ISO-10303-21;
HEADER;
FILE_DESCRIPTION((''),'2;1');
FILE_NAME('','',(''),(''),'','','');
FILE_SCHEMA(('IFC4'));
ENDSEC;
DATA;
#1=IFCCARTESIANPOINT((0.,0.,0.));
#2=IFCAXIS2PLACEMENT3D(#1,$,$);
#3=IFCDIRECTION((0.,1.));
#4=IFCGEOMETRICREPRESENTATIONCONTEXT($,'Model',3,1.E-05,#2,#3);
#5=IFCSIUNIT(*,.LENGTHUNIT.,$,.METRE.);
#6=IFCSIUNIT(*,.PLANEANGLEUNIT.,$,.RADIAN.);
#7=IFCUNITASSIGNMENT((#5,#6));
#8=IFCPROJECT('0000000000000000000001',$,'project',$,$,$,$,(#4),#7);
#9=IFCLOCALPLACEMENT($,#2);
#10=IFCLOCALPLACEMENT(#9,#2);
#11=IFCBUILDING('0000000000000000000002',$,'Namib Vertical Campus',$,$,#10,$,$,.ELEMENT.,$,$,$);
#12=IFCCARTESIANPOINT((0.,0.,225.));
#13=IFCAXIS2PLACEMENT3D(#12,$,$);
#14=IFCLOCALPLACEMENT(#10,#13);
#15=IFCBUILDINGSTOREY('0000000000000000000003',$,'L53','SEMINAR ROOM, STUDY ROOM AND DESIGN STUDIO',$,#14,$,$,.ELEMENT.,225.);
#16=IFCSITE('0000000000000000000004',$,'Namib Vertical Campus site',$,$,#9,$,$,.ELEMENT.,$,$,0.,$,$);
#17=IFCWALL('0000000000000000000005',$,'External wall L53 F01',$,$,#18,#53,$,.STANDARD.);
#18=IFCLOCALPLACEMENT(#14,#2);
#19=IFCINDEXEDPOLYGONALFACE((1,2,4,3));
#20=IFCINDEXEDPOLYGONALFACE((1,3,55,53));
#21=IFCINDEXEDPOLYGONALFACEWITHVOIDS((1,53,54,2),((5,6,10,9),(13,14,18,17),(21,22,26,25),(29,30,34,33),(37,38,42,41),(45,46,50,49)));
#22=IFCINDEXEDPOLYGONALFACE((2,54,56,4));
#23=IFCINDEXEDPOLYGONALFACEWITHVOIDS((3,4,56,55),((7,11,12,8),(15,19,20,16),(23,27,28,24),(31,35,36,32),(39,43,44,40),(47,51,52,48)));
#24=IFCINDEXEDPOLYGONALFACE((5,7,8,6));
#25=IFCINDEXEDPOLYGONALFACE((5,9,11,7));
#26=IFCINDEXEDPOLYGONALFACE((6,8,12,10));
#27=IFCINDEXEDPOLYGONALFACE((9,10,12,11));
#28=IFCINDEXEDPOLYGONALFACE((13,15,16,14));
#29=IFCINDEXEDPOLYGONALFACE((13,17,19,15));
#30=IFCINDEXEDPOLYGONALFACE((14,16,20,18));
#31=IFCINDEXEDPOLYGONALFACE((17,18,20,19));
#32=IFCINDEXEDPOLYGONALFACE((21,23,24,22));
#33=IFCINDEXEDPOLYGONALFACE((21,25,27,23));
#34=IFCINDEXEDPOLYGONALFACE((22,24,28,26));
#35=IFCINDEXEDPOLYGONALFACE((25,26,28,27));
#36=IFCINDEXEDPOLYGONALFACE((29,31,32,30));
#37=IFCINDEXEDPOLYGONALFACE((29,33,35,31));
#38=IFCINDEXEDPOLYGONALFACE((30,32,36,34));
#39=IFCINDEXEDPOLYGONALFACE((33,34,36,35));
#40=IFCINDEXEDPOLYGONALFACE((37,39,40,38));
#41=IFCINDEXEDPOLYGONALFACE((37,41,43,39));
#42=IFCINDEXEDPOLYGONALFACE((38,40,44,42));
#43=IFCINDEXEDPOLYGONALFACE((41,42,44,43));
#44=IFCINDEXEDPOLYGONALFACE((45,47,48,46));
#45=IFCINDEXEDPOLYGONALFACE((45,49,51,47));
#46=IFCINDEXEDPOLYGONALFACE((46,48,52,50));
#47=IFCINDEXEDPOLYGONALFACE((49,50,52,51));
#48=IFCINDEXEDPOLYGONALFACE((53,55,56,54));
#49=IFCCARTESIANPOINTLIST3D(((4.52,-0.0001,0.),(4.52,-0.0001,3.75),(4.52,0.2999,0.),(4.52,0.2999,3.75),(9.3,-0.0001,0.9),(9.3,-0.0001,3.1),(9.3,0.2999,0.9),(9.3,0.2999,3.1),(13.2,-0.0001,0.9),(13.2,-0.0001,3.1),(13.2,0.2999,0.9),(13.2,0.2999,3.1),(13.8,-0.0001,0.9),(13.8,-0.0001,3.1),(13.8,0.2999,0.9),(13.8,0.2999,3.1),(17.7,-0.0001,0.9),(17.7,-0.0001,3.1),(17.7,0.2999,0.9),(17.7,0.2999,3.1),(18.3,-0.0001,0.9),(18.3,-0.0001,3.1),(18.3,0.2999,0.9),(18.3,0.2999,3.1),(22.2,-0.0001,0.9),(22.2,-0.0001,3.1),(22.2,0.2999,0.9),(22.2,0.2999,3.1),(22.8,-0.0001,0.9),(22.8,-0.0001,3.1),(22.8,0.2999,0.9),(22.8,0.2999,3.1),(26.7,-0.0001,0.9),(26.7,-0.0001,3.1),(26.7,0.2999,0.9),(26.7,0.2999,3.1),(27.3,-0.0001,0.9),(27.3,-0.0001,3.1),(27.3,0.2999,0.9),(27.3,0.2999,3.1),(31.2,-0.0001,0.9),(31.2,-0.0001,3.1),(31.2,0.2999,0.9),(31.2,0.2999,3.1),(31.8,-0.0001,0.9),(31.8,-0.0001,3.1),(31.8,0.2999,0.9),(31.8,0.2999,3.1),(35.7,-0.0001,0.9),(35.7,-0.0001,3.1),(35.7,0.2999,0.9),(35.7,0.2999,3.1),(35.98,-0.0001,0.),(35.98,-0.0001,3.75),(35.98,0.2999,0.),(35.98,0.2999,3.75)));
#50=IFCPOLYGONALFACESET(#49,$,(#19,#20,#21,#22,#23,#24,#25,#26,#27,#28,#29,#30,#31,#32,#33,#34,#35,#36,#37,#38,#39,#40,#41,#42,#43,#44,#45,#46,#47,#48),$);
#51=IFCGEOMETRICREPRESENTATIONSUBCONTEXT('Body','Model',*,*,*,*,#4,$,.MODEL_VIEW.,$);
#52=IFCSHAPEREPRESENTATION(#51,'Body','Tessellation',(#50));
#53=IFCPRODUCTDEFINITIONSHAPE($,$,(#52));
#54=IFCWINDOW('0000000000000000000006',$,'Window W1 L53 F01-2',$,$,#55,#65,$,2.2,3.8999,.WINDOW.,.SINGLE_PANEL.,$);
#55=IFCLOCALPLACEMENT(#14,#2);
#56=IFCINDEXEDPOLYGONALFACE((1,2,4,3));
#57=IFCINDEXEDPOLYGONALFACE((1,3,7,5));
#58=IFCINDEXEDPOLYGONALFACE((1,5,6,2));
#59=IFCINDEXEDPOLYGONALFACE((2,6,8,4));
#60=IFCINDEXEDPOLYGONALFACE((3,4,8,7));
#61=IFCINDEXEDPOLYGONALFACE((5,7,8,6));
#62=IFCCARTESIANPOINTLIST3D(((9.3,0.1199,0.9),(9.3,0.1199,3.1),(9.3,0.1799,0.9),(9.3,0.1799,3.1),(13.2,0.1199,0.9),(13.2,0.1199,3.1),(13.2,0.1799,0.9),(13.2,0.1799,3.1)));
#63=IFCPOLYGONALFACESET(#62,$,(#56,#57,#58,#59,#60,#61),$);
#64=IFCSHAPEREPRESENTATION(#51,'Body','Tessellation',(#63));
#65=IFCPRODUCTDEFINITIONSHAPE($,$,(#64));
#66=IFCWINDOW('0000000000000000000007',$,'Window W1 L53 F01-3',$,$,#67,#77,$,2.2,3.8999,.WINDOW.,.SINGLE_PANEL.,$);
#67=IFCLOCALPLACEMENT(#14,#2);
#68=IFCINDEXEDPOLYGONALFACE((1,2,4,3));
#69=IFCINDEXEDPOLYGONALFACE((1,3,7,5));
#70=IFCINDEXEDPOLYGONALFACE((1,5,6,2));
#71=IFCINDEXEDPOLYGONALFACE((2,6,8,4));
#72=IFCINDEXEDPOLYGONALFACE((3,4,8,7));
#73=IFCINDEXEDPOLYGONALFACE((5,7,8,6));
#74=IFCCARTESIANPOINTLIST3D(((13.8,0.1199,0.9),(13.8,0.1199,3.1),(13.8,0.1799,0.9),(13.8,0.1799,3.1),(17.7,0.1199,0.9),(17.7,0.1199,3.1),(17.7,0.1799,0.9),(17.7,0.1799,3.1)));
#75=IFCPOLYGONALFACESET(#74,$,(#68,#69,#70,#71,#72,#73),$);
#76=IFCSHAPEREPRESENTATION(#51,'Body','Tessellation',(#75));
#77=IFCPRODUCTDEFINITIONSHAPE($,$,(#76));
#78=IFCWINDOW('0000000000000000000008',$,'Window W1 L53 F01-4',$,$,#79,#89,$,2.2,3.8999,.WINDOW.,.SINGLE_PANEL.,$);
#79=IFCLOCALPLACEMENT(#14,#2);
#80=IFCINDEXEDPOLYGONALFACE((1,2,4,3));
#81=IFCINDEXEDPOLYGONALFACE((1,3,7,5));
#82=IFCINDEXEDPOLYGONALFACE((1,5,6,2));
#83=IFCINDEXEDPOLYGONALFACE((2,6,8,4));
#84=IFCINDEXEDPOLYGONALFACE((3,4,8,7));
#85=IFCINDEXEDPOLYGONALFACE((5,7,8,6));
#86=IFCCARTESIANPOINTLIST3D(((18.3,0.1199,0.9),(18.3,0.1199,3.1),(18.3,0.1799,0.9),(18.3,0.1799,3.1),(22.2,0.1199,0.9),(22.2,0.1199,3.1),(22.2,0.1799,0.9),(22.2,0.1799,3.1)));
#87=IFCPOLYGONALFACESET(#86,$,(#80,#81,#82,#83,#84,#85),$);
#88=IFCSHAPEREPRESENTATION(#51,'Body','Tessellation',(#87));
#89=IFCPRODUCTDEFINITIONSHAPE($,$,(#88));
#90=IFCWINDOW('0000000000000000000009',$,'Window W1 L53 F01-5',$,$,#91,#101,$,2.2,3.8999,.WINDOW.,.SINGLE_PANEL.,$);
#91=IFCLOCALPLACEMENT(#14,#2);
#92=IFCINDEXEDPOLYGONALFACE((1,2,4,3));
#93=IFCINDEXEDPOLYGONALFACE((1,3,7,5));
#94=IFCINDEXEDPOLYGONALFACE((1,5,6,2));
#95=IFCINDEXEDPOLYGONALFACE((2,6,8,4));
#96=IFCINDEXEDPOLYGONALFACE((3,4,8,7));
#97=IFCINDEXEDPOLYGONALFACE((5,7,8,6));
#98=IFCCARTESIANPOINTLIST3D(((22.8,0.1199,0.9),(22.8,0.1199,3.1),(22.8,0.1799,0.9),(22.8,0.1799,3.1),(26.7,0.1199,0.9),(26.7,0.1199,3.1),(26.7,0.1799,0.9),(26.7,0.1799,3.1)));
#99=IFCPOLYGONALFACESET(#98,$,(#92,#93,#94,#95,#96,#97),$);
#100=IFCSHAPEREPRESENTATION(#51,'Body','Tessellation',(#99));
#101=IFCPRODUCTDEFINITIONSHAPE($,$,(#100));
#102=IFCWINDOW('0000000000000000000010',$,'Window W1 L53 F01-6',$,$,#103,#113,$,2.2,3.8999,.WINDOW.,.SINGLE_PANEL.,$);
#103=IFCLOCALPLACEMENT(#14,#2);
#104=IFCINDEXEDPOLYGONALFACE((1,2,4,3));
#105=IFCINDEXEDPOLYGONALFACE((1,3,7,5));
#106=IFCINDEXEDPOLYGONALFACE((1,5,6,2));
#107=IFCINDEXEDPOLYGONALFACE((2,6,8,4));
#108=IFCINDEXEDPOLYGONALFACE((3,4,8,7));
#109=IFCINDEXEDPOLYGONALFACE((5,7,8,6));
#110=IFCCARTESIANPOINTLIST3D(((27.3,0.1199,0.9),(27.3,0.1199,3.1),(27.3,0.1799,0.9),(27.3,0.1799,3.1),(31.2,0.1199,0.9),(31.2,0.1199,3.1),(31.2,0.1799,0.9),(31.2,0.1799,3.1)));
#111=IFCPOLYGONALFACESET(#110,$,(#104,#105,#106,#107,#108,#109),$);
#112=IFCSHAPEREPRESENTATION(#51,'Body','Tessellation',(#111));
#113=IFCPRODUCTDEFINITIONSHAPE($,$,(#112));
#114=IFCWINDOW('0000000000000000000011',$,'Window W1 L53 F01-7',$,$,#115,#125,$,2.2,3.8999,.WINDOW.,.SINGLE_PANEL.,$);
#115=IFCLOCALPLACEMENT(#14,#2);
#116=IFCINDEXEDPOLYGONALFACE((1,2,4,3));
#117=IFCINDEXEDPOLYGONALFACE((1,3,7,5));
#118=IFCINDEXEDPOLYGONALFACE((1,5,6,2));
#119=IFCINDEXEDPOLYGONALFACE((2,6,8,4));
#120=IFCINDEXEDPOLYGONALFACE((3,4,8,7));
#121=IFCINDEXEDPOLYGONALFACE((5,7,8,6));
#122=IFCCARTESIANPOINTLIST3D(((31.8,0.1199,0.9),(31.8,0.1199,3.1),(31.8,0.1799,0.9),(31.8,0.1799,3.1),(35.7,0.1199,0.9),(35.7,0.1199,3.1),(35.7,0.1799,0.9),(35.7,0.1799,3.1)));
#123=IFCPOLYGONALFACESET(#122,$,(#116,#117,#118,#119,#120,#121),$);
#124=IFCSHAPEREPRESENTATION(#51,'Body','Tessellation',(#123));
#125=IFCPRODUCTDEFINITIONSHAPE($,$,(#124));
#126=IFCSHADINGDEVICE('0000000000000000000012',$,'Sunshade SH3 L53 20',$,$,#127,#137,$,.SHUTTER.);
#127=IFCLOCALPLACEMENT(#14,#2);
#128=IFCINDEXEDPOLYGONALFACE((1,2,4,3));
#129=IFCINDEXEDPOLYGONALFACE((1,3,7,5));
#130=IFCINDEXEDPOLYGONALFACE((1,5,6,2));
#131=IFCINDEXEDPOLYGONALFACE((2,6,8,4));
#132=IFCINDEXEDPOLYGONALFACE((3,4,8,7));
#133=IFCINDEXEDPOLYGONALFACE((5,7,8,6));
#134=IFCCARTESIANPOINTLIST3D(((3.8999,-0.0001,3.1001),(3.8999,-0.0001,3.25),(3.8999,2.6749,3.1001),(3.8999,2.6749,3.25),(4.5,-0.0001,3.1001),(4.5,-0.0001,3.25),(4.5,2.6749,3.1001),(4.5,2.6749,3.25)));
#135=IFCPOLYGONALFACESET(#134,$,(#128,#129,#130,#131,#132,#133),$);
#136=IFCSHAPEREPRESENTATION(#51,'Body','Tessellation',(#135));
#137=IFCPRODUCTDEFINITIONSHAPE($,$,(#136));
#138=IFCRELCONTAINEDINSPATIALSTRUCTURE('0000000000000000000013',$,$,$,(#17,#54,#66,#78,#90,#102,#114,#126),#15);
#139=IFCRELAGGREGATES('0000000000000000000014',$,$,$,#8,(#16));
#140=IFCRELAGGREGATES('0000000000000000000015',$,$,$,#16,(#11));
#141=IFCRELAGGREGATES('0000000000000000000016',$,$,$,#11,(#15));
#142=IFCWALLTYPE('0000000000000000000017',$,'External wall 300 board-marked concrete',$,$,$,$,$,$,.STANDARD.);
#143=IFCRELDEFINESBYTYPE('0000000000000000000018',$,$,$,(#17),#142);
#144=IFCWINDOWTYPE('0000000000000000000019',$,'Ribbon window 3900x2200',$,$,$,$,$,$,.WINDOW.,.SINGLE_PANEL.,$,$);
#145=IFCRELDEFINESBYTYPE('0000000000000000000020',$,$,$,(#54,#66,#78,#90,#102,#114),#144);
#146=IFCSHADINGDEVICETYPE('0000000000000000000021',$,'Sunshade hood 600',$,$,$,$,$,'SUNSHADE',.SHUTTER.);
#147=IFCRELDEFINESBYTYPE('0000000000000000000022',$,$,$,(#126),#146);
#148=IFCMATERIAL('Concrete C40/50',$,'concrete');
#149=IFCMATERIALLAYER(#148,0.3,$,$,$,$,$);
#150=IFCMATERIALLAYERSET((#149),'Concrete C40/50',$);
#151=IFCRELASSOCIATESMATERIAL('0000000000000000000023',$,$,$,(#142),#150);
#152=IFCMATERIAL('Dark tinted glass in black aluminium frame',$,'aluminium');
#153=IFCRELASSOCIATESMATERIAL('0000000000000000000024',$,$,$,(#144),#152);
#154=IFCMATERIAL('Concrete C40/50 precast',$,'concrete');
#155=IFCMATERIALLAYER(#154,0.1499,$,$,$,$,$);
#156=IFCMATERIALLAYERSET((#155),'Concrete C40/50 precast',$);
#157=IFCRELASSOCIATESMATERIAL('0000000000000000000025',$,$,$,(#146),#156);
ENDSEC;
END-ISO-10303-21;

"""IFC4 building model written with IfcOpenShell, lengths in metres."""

from ifc_helpers import new_model, si_unit, direction, frame, frame_2d, origin, origin_2d, place, context, subcontext, project, spatial, rectangle, extrude, material, layer, layer_set, type_object, element, fill, save


model = new_model("IFC4")

# Units and contexts
model_context = context("Model", 3, precision=1e-05, world=origin(), true_north=direction((0.0, 1.0)))
body_context = subcontext(model_context, "Body", "Model", "MODEL_VIEW")
ifc_project = project(units=[si_unit("LENGTHUNIT", "METRE"), si_unit("PLANEANGLEUNIT", "RADIAN")], contexts=[model_context])

# Site, building, storey
site_placement = place(None, origin())
site = spatial("IfcSite", under=ifc_project, at=site_placement, Name="Namib Vertical Campus site", CompositionType="ELEMENT", RefElevation=0.0)
building_placement = place(site_placement, origin())
building = spatial("IfcBuilding", under=site, at=building_placement, Name="Namib Vertical Campus", CompositionType="ELEMENT")
storey_placement = place(building_placement, frame((0.0, 0.0, 225.0)))
storey = spatial("IfcBuildingStorey", under=building, at=storey_placement, Name="L53", Description="SEMINAR ROOM, STUDY ROOM AND DESIGN STUDIO", CompositionType="ELEMENT", Elevation=225.0)

# Wall, openings, windows
ifc_material_1 = material(Name="Concrete C40/50", Category="concrete")
ifc_layer_1 = layer(ifc_material_1, 0.3)
ifc_layer_set_1 = layer_set([ifc_layer_1], Name="Concrete C40/50")
wall_type = type_object("IfcWallType", Name="External wall 300 board-marked concrete", PredefinedType="STANDARD", material=ifc_layer_set_1)
wall_placement = place(storey_placement, frame((4.52, 0.1499, 0.0), z_axis=(0.0, 0.0, 1.0), x_axis=(1.0, 0.0, 0.0)))
wall = element("IfcWall", 1, at=wall_placement, inside=storey, type_object=wall_type, Name="External wall L53 F01", PredefinedType="STANDARD", context=body_context, shape_type="SweptSolid", body=[
    extrude(rectangle(XDim=31.46, YDim=0.3, at=frame_2d((15.73, 0.0))), origin(), (0.0, 0.0, 1.0), 3.75),
])
opening_1_placement = place(wall_placement, frame((4.78, 0.0, 0.8999)))
opening_1 = element("IfcOpeningElement", 2, at=opening_1_placement, cuts=wall, PredefinedType="OPENING", context=body_context, shape_type="SweptSolid", body=[
    extrude(rectangle(XDim=3.8999, YDim=2.2, at=frame_2d((1.95, 1.1001))), frame((0.0, 0.1599, 0.0), z_axis=(0.0, -1.0, 0.0), x_axis=(1.0, 0.0, 0.0)), (0.0, 0.0, 1.0), 0.3201),
])
opening_2_placement = place(wall_placement, frame((9.28, 0.0, 0.8999)))
opening_2 = element("IfcOpeningElement", 3, at=opening_2_placement, cuts=wall, PredefinedType="OPENING", context=body_context, shape_type="SweptSolid", body=[
    extrude(rectangle(XDim=3.8999, YDim=2.2, at=frame_2d((1.95, 1.1001))), frame((0.0, 0.1599, 0.0), z_axis=(0.0, -1.0, 0.0), x_axis=(1.0, 0.0, 0.0)), (0.0, 0.0, 1.0), 0.3201),
])
opening_3_placement = place(wall_placement, frame((13.78, 0.0, 0.8999)))
opening_3 = element("IfcOpeningElement", 4, at=opening_3_placement, cuts=wall, PredefinedType="OPENING", context=body_context, shape_type="SweptSolid", body=[
    extrude(rectangle(XDim=3.8999, YDim=2.2, at=frame_2d((1.95, 1.1001))), frame((0.0, 0.1599, 0.0), z_axis=(0.0, -1.0, 0.0), x_axis=(1.0, 0.0, 0.0)), (0.0, 0.0, 1.0), 0.3201),
])
opening_4_placement = place(wall_placement, frame((18.28, 0.0, 0.8999)))
opening_4 = element("IfcOpeningElement", 5, at=opening_4_placement, cuts=wall, PredefinedType="OPENING", context=body_context, shape_type="SweptSolid", body=[
    extrude(rectangle(XDim=3.8999, YDim=2.2, at=frame_2d((1.95, 1.1001))), frame((0.0, 0.1599, 0.0), z_axis=(0.0, -1.0, 0.0), x_axis=(1.0, 0.0, 0.0)), (0.0, 0.0, 1.0), 0.3201),
])
opening_5_placement = place(wall_placement, frame((22.78, 0.0, 0.8999)))
opening_5 = element("IfcOpeningElement", 6, at=opening_5_placement, cuts=wall, PredefinedType="OPENING", context=body_context, shape_type="SweptSolid", body=[
    extrude(rectangle(XDim=3.8999, YDim=2.2, at=frame_2d((1.95, 1.1001))), frame((0.0, 0.1599, 0.0), z_axis=(0.0, -1.0, 0.0), x_axis=(1.0, 0.0, 0.0)), (0.0, 0.0, 1.0), 0.3201),
])
opening_6_placement = place(wall_placement, frame((27.28, 0.0, 0.8999)))
opening_6 = element("IfcOpeningElement", 7, at=opening_6_placement, cuts=wall, PredefinedType="OPENING", context=body_context, shape_type="SweptSolid", body=[
    extrude(rectangle(XDim=3.8999, YDim=2.2, at=frame_2d((1.95, 1.1001))), frame((0.0, 0.1599, 0.0), z_axis=(0.0, -1.0, 0.0), x_axis=(1.0, 0.0, 0.0)), (0.0, 0.0, 1.0), 0.3201),
])
ifc_material_2 = material(Name="Dark tinted glass in black aluminium frame", Category="aluminium")
window_type = type_object("IfcWindowType", Name="Ribbon window 3900x2200", PartitioningType="SINGLE_PANEL", PredefinedType="WINDOW", material=ifc_material_2)
window_1_placement = place(opening_1_placement, origin())
window_1 = element("IfcWindow", 8, at=window_1_placement, inside=storey, type_object=window_type, Name="Window W1 L53 F01-2", OverallHeight=2.2, OverallWidth=3.8999, PartitioningType="SINGLE_PANEL", PredefinedType="WINDOW", context=body_context, shape_type="SweptSolid", body=[
    extrude(rectangle(XDim=3.8999, YDim=2.2, at=frame_2d((1.95, 1.1001))), frame((0.0, 0.03, 0.0), z_axis=(0.0, -1.0, 0.0), x_axis=(1.0, 0.0, 0.0)), (0.0, 0.0, 1.0), 0.0601),
])
fill(opening_1, window_1)
window_2_placement = place(opening_2_placement, origin())
window_2 = element("IfcWindow", 9, at=window_2_placement, inside=storey, type_object=window_type, Name="Window W1 L53 F01-3", OverallHeight=2.2, OverallWidth=3.8999, PartitioningType="SINGLE_PANEL", PredefinedType="WINDOW", context=body_context, shape_type="SweptSolid", body=[
    extrude(rectangle(XDim=3.8999, YDim=2.2, at=frame_2d((1.95, 1.1001))), frame((0.0, 0.03, 0.0), z_axis=(0.0, -1.0, 0.0), x_axis=(1.0, 0.0, 0.0)), (0.0, 0.0, 1.0), 0.0601),
])
fill(opening_2, window_2)
window_3_placement = place(opening_3_placement, origin())
window_3 = element("IfcWindow", 10, at=window_3_placement, inside=storey, type_object=window_type, Name="Window W1 L53 F01-4", OverallHeight=2.2, OverallWidth=3.8999, PartitioningType="SINGLE_PANEL", PredefinedType="WINDOW", context=body_context, shape_type="SweptSolid", body=[
    extrude(rectangle(XDim=3.8999, YDim=2.2, at=frame_2d((1.95, 1.1001))), frame((0.0, 0.03, 0.0), z_axis=(0.0, -1.0, 0.0), x_axis=(1.0, 0.0, 0.0)), (0.0, 0.0, 1.0), 0.0601),
])
fill(opening_3, window_3)
window_4_placement = place(opening_4_placement, origin())
window_4 = element("IfcWindow", 11, at=window_4_placement, inside=storey, type_object=window_type, Name="Window W1 L53 F01-5", OverallHeight=2.2, OverallWidth=3.8999, PartitioningType="SINGLE_PANEL", PredefinedType="WINDOW", context=body_context, shape_type="SweptSolid", body=[
    extrude(rectangle(XDim=3.8999, YDim=2.2, at=frame_2d((1.95, 1.1001))), frame((0.0, 0.03, 0.0), z_axis=(0.0, -1.0, 0.0), x_axis=(1.0, 0.0, 0.0)), (0.0, 0.0, 1.0), 0.0601),
])
fill(opening_4, window_4)
window_5_placement = place(opening_5_placement, origin())
window_5 = element("IfcWindow", 12, at=window_5_placement, inside=storey, type_object=window_type, Name="Window W1 L53 F01-6", OverallHeight=2.2, OverallWidth=3.8999, PartitioningType="SINGLE_PANEL", PredefinedType="WINDOW", context=body_context, shape_type="SweptSolid", body=[
    extrude(rectangle(XDim=3.8999, YDim=2.2, at=frame_2d((1.95, 1.1001))), frame((0.0, 0.03, 0.0), z_axis=(0.0, -1.0, 0.0), x_axis=(1.0, 0.0, 0.0)), (0.0, 0.0, 1.0), 0.0601),
])
fill(opening_5, window_5)
window_6_placement = place(opening_6_placement, origin())
window_6 = element("IfcWindow", 13, at=window_6_placement, inside=storey, type_object=window_type, Name="Window W1 L53 F01-7", OverallHeight=2.2, OverallWidth=3.8999, PartitioningType="SINGLE_PANEL", PredefinedType="WINDOW", context=body_context, shape_type="SweptSolid", body=[
    extrude(rectangle(XDim=3.8999, YDim=2.2, at=frame_2d((1.95, 1.1001))), frame((0.0, 0.03, 0.0), z_axis=(0.0, -1.0, 0.0), x_axis=(1.0, 0.0, 0.0)), (0.0, 0.0, 1.0), 0.0601),
])
fill(opening_6, window_6)

# Shading device
ifc_material_3 = material(Name="Concrete C40/50 precast", Category="concrete")
ifc_layer_2 = layer(ifc_material_3, 0.1499)
ifc_layer_set_2 = layer_set([ifc_layer_2], Name="Concrete C40/50 precast")
shading_device_type = type_object("IfcShadingDeviceType", Name="Sunshade hood 600", ElementType="SUNSHADE", PredefinedType="SHUTTER", material=ifc_layer_set_2)
shading_device_placement = place(storey_placement, frame((4.2, 1.3374, 3.1001), z_axis=(0.0, 0.0, 1.0), x_axis=(0.0, -1.0, 0.0)))
element("IfcShadingDevice", 14, at=shading_device_placement, inside=storey, type_object=shading_device_type, Name="Sunshade SH3 L53 20", PredefinedType="SHUTTER", context=body_context, shape_type="SweptSolid", body=[
    extrude(rectangle(XDim=2.675, YDim=0.6001, at=origin_2d()), origin(), (0.0, 0.0, 1.0), 0.1499),
])

save(model, "model.ifc")
